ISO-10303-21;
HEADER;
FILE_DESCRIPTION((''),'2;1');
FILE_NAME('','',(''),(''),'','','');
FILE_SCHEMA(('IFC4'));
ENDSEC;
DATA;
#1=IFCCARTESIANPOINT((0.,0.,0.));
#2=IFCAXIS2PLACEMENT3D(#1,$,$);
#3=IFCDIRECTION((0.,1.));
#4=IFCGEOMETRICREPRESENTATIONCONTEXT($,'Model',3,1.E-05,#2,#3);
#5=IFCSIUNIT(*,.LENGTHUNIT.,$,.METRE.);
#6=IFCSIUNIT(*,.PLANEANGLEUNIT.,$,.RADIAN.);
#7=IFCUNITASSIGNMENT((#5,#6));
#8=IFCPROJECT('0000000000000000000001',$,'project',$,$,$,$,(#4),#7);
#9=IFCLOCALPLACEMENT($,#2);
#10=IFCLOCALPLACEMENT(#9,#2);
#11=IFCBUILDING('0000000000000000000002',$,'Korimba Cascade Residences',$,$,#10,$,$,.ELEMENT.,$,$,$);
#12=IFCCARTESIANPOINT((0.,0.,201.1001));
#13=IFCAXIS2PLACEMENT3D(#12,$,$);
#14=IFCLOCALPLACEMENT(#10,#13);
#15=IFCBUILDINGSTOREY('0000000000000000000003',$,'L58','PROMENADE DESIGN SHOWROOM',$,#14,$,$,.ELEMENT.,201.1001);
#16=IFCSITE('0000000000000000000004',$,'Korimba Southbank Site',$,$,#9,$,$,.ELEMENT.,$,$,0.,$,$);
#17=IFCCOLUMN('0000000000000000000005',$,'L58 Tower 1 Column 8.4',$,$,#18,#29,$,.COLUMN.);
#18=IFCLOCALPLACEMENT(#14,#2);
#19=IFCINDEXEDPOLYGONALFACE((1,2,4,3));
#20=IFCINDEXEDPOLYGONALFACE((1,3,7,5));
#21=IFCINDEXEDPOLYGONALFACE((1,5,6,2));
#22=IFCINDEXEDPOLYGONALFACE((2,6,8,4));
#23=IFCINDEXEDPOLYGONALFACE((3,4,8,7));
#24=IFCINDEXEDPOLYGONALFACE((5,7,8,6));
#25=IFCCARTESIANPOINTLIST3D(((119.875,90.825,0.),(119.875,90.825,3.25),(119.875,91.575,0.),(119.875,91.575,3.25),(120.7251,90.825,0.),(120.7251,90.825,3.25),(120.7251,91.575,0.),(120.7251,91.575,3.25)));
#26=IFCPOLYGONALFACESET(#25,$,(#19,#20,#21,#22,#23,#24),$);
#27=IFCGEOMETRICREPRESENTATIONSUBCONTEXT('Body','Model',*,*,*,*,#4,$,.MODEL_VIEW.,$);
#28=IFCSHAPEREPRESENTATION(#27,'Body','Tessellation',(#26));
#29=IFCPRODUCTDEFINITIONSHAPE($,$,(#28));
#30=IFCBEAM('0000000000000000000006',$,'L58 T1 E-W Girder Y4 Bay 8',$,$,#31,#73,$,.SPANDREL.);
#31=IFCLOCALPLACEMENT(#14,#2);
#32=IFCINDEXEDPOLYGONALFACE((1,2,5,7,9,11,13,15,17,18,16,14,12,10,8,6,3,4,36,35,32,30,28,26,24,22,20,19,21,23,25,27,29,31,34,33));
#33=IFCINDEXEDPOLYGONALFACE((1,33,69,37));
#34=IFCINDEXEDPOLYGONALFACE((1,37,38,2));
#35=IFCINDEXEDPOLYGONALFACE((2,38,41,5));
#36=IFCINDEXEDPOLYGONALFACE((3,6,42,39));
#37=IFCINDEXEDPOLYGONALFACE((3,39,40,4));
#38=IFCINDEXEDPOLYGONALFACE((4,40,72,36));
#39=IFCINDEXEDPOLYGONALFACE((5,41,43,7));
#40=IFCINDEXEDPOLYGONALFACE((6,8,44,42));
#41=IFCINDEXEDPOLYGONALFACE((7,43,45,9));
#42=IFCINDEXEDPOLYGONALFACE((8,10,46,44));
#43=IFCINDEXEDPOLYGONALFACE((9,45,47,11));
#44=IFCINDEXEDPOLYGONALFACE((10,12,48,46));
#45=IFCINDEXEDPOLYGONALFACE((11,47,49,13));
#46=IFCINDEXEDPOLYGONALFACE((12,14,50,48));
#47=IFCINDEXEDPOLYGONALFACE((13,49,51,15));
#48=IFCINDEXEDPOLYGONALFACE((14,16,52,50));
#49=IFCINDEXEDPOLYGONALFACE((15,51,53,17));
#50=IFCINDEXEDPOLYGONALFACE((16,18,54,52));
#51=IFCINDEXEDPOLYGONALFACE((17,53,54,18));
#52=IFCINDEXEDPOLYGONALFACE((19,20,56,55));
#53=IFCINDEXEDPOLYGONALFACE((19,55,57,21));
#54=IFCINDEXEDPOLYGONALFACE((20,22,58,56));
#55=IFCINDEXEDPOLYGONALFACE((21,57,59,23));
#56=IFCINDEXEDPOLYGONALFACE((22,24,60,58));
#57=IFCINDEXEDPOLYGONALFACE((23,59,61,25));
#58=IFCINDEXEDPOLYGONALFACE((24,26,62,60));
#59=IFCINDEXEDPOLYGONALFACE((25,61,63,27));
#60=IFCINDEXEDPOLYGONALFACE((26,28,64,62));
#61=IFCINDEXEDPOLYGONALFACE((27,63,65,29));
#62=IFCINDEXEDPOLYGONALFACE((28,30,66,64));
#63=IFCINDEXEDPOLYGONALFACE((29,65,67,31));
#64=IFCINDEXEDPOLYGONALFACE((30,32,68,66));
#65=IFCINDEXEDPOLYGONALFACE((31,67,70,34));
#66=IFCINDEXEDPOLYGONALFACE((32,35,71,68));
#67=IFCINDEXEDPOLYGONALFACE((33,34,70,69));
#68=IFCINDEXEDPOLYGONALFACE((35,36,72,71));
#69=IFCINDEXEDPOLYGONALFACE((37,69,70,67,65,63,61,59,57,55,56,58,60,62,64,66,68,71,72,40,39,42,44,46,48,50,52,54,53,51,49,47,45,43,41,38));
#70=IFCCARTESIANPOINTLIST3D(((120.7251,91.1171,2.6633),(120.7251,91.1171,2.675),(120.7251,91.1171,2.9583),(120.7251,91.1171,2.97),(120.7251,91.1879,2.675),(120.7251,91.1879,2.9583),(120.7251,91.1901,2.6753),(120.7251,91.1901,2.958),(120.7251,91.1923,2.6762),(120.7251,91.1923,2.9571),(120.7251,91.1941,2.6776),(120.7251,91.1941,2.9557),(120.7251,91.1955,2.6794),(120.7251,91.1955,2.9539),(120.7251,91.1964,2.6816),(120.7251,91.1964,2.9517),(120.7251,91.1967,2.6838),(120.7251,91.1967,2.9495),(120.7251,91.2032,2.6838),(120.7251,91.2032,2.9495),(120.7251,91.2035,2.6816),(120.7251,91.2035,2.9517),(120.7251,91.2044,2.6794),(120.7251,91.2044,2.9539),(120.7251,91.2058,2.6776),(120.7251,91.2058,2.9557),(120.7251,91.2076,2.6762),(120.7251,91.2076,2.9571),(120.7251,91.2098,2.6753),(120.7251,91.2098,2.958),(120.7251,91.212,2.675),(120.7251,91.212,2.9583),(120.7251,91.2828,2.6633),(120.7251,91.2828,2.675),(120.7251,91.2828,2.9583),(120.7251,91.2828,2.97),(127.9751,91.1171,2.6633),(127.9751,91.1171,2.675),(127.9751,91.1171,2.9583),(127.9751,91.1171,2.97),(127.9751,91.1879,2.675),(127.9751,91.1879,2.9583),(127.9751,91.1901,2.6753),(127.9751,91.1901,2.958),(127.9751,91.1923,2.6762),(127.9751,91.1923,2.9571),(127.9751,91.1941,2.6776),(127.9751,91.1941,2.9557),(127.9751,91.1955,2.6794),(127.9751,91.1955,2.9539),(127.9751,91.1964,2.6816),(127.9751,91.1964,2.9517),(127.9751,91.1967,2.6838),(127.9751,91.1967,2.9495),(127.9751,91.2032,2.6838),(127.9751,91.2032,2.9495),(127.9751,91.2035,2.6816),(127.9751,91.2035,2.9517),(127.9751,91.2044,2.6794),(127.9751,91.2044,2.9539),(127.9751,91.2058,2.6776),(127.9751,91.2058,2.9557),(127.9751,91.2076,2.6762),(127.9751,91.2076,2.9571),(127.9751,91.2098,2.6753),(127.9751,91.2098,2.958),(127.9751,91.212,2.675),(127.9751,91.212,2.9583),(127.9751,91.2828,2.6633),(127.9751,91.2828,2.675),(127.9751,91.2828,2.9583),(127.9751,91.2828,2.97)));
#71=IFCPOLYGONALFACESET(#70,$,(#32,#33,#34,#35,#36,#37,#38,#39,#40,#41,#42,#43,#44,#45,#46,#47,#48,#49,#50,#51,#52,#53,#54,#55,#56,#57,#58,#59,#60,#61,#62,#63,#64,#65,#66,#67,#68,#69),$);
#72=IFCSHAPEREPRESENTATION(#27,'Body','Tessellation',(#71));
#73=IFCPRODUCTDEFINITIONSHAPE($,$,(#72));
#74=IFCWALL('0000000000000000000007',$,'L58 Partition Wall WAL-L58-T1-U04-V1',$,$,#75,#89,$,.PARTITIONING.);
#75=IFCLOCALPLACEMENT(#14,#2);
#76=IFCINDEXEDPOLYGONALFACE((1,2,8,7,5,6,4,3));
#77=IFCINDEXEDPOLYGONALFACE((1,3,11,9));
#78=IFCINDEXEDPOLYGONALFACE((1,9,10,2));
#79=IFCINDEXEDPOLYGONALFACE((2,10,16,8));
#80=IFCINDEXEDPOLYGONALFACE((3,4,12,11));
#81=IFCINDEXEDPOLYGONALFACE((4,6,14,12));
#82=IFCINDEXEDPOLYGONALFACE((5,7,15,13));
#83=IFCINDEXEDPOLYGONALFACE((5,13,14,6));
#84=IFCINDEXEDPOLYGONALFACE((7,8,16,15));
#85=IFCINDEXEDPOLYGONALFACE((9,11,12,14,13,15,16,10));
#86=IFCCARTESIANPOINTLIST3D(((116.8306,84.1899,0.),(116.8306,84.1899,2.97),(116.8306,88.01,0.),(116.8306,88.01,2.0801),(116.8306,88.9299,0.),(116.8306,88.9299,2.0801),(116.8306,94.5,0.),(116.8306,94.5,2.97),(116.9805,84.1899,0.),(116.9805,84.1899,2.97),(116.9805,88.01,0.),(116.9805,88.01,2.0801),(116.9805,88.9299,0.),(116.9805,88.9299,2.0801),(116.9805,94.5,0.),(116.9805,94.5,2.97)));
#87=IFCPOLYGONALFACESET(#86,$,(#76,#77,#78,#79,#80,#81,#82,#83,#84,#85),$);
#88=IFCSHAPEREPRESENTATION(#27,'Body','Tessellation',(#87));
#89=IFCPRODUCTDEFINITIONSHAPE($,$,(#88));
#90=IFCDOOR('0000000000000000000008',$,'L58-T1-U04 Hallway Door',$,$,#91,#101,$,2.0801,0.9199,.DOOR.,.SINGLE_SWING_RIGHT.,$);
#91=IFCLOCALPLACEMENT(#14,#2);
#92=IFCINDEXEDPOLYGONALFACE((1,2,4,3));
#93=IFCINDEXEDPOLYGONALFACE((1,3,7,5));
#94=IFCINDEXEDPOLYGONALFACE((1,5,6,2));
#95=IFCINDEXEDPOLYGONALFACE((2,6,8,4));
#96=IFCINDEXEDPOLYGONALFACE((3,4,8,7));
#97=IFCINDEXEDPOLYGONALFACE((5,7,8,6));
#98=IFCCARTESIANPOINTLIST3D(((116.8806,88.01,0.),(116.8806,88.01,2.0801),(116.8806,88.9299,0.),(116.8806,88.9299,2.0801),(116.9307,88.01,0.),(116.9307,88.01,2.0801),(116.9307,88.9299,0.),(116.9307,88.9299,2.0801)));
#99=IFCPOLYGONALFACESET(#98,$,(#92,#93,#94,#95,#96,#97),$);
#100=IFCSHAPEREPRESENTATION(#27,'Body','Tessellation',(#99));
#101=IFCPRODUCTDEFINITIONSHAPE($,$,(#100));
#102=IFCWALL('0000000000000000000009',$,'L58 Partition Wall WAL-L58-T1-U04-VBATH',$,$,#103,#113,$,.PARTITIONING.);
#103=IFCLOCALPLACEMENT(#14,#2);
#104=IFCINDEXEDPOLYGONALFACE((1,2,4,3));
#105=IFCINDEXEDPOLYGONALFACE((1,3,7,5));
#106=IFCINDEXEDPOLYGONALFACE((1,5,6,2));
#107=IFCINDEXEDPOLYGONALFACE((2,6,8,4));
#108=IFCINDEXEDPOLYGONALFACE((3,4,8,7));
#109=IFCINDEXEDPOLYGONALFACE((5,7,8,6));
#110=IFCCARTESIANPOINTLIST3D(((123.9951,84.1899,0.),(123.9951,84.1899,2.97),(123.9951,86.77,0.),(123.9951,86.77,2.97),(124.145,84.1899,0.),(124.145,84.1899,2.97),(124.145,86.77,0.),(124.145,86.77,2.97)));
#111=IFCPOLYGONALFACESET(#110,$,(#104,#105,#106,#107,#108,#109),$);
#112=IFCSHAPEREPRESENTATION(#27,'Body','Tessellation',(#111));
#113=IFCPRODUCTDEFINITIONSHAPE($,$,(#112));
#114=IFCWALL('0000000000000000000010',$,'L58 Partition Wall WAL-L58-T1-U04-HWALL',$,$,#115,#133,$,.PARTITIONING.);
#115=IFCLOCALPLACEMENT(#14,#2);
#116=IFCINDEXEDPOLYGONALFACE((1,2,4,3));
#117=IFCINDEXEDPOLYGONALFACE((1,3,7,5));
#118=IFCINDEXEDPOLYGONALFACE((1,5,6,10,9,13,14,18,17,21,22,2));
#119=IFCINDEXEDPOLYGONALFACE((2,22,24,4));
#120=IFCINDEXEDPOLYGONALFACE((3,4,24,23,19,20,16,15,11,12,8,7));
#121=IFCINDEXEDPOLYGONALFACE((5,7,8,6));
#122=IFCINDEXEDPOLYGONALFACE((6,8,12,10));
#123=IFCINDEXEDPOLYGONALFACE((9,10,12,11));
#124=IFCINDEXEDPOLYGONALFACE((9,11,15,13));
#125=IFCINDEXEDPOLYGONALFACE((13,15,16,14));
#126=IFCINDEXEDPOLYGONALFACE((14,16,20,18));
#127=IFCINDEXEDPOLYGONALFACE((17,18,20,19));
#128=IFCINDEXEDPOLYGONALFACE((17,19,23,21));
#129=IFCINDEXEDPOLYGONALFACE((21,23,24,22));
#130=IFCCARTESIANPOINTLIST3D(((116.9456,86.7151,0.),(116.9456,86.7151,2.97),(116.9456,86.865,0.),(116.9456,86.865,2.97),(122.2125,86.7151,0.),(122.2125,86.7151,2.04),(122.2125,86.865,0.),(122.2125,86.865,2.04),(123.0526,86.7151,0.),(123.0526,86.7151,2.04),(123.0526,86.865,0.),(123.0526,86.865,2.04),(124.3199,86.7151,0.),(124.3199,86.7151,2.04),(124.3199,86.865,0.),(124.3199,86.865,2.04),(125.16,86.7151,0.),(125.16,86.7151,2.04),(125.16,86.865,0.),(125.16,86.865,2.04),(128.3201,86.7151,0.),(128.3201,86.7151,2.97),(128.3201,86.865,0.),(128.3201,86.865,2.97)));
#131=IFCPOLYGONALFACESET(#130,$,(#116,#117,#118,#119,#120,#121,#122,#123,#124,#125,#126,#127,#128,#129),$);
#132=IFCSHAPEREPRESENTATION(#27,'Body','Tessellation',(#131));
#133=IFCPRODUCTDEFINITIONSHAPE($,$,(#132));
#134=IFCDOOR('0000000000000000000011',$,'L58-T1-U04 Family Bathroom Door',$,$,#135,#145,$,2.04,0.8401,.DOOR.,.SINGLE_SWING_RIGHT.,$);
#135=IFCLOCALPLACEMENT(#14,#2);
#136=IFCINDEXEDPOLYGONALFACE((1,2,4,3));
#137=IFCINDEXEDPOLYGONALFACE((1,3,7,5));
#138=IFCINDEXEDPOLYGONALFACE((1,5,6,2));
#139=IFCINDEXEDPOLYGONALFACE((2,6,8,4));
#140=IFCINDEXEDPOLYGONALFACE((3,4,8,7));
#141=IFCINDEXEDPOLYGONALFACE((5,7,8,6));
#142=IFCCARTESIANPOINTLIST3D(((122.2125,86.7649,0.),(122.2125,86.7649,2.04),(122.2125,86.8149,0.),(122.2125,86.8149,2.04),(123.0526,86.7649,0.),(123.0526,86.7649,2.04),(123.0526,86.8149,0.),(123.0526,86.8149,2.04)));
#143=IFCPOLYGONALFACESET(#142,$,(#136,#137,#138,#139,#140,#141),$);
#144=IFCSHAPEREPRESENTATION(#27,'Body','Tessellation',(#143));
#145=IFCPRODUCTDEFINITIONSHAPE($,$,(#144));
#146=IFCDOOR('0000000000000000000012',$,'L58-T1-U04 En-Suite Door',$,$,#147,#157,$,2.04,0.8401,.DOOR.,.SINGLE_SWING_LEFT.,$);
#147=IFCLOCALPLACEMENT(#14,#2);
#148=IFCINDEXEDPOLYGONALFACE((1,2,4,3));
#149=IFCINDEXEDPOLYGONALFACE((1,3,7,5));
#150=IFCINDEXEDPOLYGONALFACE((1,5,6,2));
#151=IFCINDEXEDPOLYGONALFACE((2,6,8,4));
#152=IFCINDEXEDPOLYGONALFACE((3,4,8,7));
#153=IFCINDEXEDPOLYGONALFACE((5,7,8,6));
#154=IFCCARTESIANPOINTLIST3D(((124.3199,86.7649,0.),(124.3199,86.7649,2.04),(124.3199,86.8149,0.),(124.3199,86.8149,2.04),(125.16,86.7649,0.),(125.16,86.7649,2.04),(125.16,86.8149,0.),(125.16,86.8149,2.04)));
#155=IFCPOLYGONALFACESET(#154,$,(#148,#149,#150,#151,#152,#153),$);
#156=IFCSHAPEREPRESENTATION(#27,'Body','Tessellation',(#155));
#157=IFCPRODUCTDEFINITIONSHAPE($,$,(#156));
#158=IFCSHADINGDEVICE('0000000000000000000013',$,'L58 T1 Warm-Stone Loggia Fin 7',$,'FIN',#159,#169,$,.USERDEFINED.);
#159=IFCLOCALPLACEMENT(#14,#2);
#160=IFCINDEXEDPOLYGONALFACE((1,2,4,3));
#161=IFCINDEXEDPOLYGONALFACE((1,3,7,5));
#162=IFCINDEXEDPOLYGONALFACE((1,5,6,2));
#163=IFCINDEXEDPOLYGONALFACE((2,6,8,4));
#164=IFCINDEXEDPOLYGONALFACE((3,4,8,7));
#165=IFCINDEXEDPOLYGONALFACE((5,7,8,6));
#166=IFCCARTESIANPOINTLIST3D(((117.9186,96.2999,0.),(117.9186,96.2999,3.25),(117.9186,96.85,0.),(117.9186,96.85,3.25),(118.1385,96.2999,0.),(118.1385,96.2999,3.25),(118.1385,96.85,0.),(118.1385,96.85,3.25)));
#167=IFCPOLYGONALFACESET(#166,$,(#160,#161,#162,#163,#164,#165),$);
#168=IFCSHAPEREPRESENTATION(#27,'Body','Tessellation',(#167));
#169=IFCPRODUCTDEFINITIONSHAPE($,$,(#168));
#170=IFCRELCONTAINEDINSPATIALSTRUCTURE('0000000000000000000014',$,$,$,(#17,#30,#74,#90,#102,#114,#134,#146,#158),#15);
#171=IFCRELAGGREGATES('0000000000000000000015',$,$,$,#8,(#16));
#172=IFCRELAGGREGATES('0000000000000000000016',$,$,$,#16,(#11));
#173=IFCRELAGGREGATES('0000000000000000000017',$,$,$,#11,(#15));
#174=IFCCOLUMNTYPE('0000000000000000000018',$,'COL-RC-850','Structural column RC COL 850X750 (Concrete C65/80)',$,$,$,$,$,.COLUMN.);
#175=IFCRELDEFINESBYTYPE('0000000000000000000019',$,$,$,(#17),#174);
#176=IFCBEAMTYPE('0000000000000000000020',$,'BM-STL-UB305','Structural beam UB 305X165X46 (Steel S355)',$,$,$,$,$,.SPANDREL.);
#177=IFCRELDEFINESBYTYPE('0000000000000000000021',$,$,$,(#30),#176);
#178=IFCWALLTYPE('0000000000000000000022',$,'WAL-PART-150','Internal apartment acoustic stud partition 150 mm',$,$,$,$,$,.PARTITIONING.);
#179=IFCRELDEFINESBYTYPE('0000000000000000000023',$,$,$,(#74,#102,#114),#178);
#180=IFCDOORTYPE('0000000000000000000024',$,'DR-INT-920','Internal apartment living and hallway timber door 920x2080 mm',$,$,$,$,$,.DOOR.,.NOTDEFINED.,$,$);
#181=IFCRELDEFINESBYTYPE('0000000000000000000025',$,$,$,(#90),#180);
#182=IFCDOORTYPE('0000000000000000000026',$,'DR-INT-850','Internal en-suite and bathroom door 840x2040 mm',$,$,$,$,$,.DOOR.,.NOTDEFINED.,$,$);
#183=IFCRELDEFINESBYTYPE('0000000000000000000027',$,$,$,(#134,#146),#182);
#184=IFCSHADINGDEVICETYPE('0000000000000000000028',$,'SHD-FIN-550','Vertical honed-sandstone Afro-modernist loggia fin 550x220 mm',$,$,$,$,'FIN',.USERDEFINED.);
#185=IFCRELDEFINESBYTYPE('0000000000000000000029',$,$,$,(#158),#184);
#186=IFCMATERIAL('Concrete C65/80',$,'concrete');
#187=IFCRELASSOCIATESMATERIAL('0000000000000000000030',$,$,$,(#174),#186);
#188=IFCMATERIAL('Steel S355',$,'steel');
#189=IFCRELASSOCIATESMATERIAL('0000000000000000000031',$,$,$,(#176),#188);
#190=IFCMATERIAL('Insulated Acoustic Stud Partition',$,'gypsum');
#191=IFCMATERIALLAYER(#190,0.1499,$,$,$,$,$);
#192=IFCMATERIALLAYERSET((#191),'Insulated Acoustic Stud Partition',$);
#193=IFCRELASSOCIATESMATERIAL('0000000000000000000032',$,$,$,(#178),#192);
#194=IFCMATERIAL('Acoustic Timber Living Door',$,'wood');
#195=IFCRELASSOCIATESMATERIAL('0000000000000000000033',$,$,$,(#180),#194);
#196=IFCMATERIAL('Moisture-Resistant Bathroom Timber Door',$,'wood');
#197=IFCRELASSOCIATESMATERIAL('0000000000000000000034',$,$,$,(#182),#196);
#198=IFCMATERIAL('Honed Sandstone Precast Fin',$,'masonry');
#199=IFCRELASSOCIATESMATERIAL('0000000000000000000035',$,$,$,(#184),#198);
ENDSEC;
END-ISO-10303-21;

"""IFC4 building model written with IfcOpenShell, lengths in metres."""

from ifc_helpers import new_model, si_unit, direction, frame, frame_2d, origin, origin_2d, place, context, subcontext, project, spatial, rectangle, i_section, extrude, material, layer, layer_set, material_profile, profile_set, type_object, element, fill, save


model = new_model("IFC4")

# Units and contexts
model_context = context("Model", 3, precision=1e-05, world=origin(), true_north=direction((0.0, 1.0)))
body_context = subcontext(model_context, "Body", "Model", "MODEL_VIEW")
ifc_project = project(units=[si_unit("LENGTHUNIT", "METRE"), si_unit("PLANEANGLEUNIT", "RADIAN")], contexts=[model_context])

# Site, building, storey
site_placement = place(None, origin())
site = spatial("IfcSite", under=ifc_project, at=site_placement, Name="Korimba Southbank Site", CompositionType="ELEMENT", RefElevation=0.0)
building_placement = place(site_placement, origin())
building = spatial("IfcBuilding", under=site, at=building_placement, Name="Korimba Cascade Residences", CompositionType="ELEMENT")
storey_placement = place(building_placement, frame((0.0, 0.0, 201.1001)))
storey = spatial("IfcBuildingStorey", under=building, at=storey_placement, Name="L58", Description="PROMENADE DESIGN SHOWROOM", CompositionType="ELEMENT", Elevation=201.1001)

# Column
ifc_material_1 = material(Name="Concrete C65/80", Category="concrete")
ifc_material_profile_1 = material_profile(ifc_material_1, rectangle(XDim=0.8501, YDim=0.75, at=origin_2d()), Name="Concrete C65/80")
ifc_profile_set_1 = profile_set([ifc_material_profile_1], Name="Concrete C65/80")
column_type = type_object("IfcColumnType", Name="COL-RC-850", Description="Structural column RC COL 850X750 (Concrete C65/80)", PredefinedType="COLUMN", material=ifc_profile_set_1)
column_placement = place(storey_placement, frame((120.3, 91.2, 0.0), z_axis=(0.0, 0.0, 1.0), x_axis=(1.0, 0.0, 0.0)))
element("IfcColumn", 1, at=column_placement, inside=storey, type_object=column_type, Name="L58 Tower 1 Column 8.4", PredefinedType="COLUMN", context=body_context, shape_type="SweptSolid", body=[
    extrude(rectangle(XDim=0.8501, YDim=0.75, at=origin_2d()), origin(), (0.0, 0.0, 1.0), 3.25),
])

# Beam
ifc_material_2 = material(Name="Steel S355", Category="steel")
ifc_material_profile_2 = material_profile(ifc_material_2, i_section(OverallWidth=0.1658, OverallDepth=0.3066, WebThickness=0.0066, FlangeThickness=0.0117, FilletRadius=0.0088, at=origin_2d()), Name="Steel S355")
ifc_profile_set_2 = profile_set([ifc_material_profile_2], Name="Steel S355")
beam_type = type_object("IfcBeamType", Name="BM-STL-UB305", Description="Structural beam UB 305X165X46 (Steel S355)", PredefinedType="SPANDREL", material=ifc_profile_set_2)
beam_placement = place(storey_placement, frame((120.7251, 91.2, 2.8167), z_axis=(1.0, 0.0, 0.0), x_axis=(0.0, 1.0, 0.0)))
element("IfcBeam", 2, at=beam_placement, inside=storey, type_object=beam_type, Name="L58 T1 E-W Girder Y4 Bay 8", PredefinedType="SPANDREL", context=body_context, shape_type="SweptSolid", body=[
    extrude(i_section(OverallWidth=0.1658, OverallDepth=0.3066, WebThickness=0.0066, FlangeThickness=0.0117, FilletRadius=0.0088, at=origin_2d()), origin(), (0.0, 0.0, 1.0), 7.25),
])

# Wall, opening, door
ifc_material_3 = material(Name="Insulated Acoustic Stud Partition", Category="gypsum")
ifc_layer = layer(ifc_material_3, 0.1499)
ifc_layer_set = layer_set([ifc_layer], Name="Insulated Acoustic Stud Partition")
wall_type = type_object("IfcWallType", Name="WAL-PART-150", Description="Internal apartment acoustic stud partition 150 mm", PredefinedType="PARTITIONING", material=ifc_layer_set)
wall_1_placement = place(storey_placement, frame((116.9055, 84.1899, 0.0), z_axis=(0.0, 0.0, 1.0), x_axis=(0.0, 1.0, 0.0)))
wall_1 = element("IfcWall", 3, at=wall_1_placement, inside=storey, type_object=wall_type, Name="L58 Partition Wall WAL-L58-T1-U04-V1", PredefinedType="PARTITIONING", context=body_context, shape_type="SweptSolid", body=[
    extrude(rectangle(XDim=10.3101, YDim=0.1499, at=frame_2d((5.155, 0.0))), origin(), (0.0, 0.0, 1.0), 2.97),
])
opening_1_placement = place(wall_1_placement, frame((3.8201, 0.0, 0.0)))
opening_1 = element("IfcOpeningElement", 4, at=opening_1_placement, cuts=wall_1, PredefinedType="OPENING", context=body_context, shape_type="SweptSolid", body=[
    extrude(rectangle(XDim=0.9199, YDim=2.0801, at=frame_2d((0.46, 1.04))), frame((0.0, 0.085, 0.0), z_axis=(0.0, -1.0, 0.0), x_axis=(1.0, 0.0, 0.0)), (0.0, 0.0, 1.0), 0.1699),
])
ifc_material_4 = material(Name="Acoustic Timber Living Door", Category="wood")
door_type_1 = type_object("IfcDoorType", Name="DR-INT-920", Description="Internal apartment living and hallway timber door 920x2080 mm", OperationType="NOTDEFINED", PredefinedType="DOOR", material=ifc_material_4)
door_1_placement = place(opening_1_placement, origin())
door_1 = element("IfcDoor", 5, at=door_1_placement, inside=storey, type_object=door_type_1, Name="L58-T1-U04 Hallway Door", OperationType="SINGLE_SWING_RIGHT", OverallHeight=2.0801, OverallWidth=0.9199, PredefinedType="DOOR", context=body_context, shape_type="SweptSolid", body=[
    extrude(rectangle(XDim=0.9199, YDim=2.0801, at=frame_2d((0.46, 1.04))), frame((0.0, 0.0249, 0.0), z_axis=(0.0, -1.0, 0.0), x_axis=(1.0, 0.0, 0.0)), (0.0, 0.0, 1.0), 0.05),
])
fill(opening_1, door_1)

# Wall
wall_2_placement = place(storey_placement, frame((124.0701, 84.1899, 0.0), z_axis=(0.0, 0.0, 1.0), x_axis=(0.0, 1.0, 0.0)))
element("IfcWall", 6, at=wall_2_placement, inside=storey, type_object=wall_type, Name="L58 Partition Wall WAL-L58-T1-U04-VBATH", PredefinedType="PARTITIONING", context=body_context, shape_type="SweptSolid", body=[
    extrude(rectangle(XDim=2.5801, YDim=0.1499, at=frame_2d((1.29, 0.0))), origin(), (0.0, 0.0, 1.0), 2.97),
])

# Wall, openings, doors
wall_3_placement = place(storey_placement, frame((116.9456, 86.79, 0.0), z_axis=(0.0, 0.0, 1.0), x_axis=(1.0, 0.0, 0.0)))
wall_3 = element("IfcWall", 7, at=wall_3_placement, inside=storey, type_object=wall_type, Name="L58 Partition Wall WAL-L58-T1-U04-HWALL", PredefinedType="PARTITIONING", context=body_context, shape_type="SweptSolid", body=[
    extrude(rectangle(XDim=11.3745, YDim=0.1499, at=frame_2d((5.6873, 0.0))), origin(), (0.0, 0.0, 1.0), 2.97),
])
opening_2_placement = place(wall_3_placement, frame((5.2671, 0.0, 0.0)))
opening_2 = element("IfcOpeningElement", 8, at=opening_2_placement, cuts=wall_3, PredefinedType="OPENING", context=body_context, shape_type="SweptSolid", body=[
    extrude(rectangle(XDim=0.8401, YDim=2.04, at=frame_2d((0.4199, 1.02))), frame((0.0, 0.085, 0.0), z_axis=(0.0, -1.0, 0.0), x_axis=(1.0, 0.0, 0.0)), (0.0, 0.0, 1.0), 0.1699),
])
opening_3_placement = place(wall_3_placement, frame((7.3745, 0.0, 0.0)))
opening_3 = element("IfcOpeningElement", 9, at=opening_3_placement, cuts=wall_3, PredefinedType="OPENING", context=body_context, shape_type="SweptSolid", body=[
    extrude(rectangle(XDim=0.8401, YDim=2.04, at=frame_2d((0.4199, 1.02))), frame((0.0, 0.085, 0.0), z_axis=(0.0, -1.0, 0.0), x_axis=(1.0, 0.0, 0.0)), (0.0, 0.0, 1.0), 0.1699),
])
ifc_material_5 = material(Name="Moisture-Resistant Bathroom Timber Door", Category="wood")
door_type_2 = type_object("IfcDoorType", Name="DR-INT-850", Description="Internal en-suite and bathroom door 840x2040 mm", OperationType="NOTDEFINED", PredefinedType="DOOR", material=ifc_material_5)
door_2_placement = place(opening_2_placement, origin())
door_2 = element("IfcDoor", 10, at=door_2_placement, inside=storey, type_object=door_type_2, Name="L58-T1-U04 Family Bathroom Door", OperationType="SINGLE_SWING_RIGHT", OverallHeight=2.04, OverallWidth=0.8401, PredefinedType="DOOR", context=body_context, shape_type="SweptSolid", body=[
    extrude(rectangle(XDim=0.8401, YDim=2.04, at=frame_2d((0.4199, 1.02))), frame((0.0, 0.0249, 0.0), z_axis=(0.0, -1.0, 0.0), x_axis=(1.0, 0.0, 0.0)), (0.0, 0.0, 1.0), 0.05),
])
fill(opening_2, door_2)
door_3_placement = place(opening_3_placement, origin())
door_3 = element("IfcDoor", 11, at=door_3_placement, inside=storey, type_object=door_type_2, Name="L58-T1-U04 En-Suite Door", OperationType="SINGLE_SWING_LEFT", OverallHeight=2.04, OverallWidth=0.8401, PredefinedType="DOOR", context=body_context, shape_type="SweptSolid", body=[
    extrude(rectangle(XDim=0.8401, YDim=2.04, at=frame_2d((0.4199, 1.02))), frame((0.0, 0.0249, 0.0), z_axis=(0.0, -1.0, 0.0), x_axis=(1.0, 0.0, 0.0)), (0.0, 0.0, 1.0), 0.05),
])
fill(opening_3, door_3)

# Shading device
ifc_material_6 = material(Name="Honed Sandstone Precast Fin", Category="masonry")
shading_device_type = type_object("IfcShadingDeviceType", Name="SHD-FIN-550", Description="Vertical honed-sandstone Afro-modernist loggia fin 550x220 mm", ElementType="FIN", PredefinedType="USERDEFINED", material=ifc_material_6)
shading_device_placement = place(storey_placement, frame((118.0286, 96.575, 0.0), z_axis=(0.0, 0.0, 1.0), x_axis=(1.0, 0.0, 0.0)))
element("IfcShadingDevice", 12, at=shading_device_placement, inside=storey, type_object=shading_device_type, Name="L58 T1 Warm-Stone Loggia Fin 7", ObjectType="FIN", PredefinedType="USERDEFINED", context=body_context, shape_type="SweptSolid", body=[
    extrude(rectangle(XDim=0.22, YDim=0.55, at=origin_2d()), origin(), (0.0, 0.0, 1.0), 3.25),
])

save(model, "model.ifc")
